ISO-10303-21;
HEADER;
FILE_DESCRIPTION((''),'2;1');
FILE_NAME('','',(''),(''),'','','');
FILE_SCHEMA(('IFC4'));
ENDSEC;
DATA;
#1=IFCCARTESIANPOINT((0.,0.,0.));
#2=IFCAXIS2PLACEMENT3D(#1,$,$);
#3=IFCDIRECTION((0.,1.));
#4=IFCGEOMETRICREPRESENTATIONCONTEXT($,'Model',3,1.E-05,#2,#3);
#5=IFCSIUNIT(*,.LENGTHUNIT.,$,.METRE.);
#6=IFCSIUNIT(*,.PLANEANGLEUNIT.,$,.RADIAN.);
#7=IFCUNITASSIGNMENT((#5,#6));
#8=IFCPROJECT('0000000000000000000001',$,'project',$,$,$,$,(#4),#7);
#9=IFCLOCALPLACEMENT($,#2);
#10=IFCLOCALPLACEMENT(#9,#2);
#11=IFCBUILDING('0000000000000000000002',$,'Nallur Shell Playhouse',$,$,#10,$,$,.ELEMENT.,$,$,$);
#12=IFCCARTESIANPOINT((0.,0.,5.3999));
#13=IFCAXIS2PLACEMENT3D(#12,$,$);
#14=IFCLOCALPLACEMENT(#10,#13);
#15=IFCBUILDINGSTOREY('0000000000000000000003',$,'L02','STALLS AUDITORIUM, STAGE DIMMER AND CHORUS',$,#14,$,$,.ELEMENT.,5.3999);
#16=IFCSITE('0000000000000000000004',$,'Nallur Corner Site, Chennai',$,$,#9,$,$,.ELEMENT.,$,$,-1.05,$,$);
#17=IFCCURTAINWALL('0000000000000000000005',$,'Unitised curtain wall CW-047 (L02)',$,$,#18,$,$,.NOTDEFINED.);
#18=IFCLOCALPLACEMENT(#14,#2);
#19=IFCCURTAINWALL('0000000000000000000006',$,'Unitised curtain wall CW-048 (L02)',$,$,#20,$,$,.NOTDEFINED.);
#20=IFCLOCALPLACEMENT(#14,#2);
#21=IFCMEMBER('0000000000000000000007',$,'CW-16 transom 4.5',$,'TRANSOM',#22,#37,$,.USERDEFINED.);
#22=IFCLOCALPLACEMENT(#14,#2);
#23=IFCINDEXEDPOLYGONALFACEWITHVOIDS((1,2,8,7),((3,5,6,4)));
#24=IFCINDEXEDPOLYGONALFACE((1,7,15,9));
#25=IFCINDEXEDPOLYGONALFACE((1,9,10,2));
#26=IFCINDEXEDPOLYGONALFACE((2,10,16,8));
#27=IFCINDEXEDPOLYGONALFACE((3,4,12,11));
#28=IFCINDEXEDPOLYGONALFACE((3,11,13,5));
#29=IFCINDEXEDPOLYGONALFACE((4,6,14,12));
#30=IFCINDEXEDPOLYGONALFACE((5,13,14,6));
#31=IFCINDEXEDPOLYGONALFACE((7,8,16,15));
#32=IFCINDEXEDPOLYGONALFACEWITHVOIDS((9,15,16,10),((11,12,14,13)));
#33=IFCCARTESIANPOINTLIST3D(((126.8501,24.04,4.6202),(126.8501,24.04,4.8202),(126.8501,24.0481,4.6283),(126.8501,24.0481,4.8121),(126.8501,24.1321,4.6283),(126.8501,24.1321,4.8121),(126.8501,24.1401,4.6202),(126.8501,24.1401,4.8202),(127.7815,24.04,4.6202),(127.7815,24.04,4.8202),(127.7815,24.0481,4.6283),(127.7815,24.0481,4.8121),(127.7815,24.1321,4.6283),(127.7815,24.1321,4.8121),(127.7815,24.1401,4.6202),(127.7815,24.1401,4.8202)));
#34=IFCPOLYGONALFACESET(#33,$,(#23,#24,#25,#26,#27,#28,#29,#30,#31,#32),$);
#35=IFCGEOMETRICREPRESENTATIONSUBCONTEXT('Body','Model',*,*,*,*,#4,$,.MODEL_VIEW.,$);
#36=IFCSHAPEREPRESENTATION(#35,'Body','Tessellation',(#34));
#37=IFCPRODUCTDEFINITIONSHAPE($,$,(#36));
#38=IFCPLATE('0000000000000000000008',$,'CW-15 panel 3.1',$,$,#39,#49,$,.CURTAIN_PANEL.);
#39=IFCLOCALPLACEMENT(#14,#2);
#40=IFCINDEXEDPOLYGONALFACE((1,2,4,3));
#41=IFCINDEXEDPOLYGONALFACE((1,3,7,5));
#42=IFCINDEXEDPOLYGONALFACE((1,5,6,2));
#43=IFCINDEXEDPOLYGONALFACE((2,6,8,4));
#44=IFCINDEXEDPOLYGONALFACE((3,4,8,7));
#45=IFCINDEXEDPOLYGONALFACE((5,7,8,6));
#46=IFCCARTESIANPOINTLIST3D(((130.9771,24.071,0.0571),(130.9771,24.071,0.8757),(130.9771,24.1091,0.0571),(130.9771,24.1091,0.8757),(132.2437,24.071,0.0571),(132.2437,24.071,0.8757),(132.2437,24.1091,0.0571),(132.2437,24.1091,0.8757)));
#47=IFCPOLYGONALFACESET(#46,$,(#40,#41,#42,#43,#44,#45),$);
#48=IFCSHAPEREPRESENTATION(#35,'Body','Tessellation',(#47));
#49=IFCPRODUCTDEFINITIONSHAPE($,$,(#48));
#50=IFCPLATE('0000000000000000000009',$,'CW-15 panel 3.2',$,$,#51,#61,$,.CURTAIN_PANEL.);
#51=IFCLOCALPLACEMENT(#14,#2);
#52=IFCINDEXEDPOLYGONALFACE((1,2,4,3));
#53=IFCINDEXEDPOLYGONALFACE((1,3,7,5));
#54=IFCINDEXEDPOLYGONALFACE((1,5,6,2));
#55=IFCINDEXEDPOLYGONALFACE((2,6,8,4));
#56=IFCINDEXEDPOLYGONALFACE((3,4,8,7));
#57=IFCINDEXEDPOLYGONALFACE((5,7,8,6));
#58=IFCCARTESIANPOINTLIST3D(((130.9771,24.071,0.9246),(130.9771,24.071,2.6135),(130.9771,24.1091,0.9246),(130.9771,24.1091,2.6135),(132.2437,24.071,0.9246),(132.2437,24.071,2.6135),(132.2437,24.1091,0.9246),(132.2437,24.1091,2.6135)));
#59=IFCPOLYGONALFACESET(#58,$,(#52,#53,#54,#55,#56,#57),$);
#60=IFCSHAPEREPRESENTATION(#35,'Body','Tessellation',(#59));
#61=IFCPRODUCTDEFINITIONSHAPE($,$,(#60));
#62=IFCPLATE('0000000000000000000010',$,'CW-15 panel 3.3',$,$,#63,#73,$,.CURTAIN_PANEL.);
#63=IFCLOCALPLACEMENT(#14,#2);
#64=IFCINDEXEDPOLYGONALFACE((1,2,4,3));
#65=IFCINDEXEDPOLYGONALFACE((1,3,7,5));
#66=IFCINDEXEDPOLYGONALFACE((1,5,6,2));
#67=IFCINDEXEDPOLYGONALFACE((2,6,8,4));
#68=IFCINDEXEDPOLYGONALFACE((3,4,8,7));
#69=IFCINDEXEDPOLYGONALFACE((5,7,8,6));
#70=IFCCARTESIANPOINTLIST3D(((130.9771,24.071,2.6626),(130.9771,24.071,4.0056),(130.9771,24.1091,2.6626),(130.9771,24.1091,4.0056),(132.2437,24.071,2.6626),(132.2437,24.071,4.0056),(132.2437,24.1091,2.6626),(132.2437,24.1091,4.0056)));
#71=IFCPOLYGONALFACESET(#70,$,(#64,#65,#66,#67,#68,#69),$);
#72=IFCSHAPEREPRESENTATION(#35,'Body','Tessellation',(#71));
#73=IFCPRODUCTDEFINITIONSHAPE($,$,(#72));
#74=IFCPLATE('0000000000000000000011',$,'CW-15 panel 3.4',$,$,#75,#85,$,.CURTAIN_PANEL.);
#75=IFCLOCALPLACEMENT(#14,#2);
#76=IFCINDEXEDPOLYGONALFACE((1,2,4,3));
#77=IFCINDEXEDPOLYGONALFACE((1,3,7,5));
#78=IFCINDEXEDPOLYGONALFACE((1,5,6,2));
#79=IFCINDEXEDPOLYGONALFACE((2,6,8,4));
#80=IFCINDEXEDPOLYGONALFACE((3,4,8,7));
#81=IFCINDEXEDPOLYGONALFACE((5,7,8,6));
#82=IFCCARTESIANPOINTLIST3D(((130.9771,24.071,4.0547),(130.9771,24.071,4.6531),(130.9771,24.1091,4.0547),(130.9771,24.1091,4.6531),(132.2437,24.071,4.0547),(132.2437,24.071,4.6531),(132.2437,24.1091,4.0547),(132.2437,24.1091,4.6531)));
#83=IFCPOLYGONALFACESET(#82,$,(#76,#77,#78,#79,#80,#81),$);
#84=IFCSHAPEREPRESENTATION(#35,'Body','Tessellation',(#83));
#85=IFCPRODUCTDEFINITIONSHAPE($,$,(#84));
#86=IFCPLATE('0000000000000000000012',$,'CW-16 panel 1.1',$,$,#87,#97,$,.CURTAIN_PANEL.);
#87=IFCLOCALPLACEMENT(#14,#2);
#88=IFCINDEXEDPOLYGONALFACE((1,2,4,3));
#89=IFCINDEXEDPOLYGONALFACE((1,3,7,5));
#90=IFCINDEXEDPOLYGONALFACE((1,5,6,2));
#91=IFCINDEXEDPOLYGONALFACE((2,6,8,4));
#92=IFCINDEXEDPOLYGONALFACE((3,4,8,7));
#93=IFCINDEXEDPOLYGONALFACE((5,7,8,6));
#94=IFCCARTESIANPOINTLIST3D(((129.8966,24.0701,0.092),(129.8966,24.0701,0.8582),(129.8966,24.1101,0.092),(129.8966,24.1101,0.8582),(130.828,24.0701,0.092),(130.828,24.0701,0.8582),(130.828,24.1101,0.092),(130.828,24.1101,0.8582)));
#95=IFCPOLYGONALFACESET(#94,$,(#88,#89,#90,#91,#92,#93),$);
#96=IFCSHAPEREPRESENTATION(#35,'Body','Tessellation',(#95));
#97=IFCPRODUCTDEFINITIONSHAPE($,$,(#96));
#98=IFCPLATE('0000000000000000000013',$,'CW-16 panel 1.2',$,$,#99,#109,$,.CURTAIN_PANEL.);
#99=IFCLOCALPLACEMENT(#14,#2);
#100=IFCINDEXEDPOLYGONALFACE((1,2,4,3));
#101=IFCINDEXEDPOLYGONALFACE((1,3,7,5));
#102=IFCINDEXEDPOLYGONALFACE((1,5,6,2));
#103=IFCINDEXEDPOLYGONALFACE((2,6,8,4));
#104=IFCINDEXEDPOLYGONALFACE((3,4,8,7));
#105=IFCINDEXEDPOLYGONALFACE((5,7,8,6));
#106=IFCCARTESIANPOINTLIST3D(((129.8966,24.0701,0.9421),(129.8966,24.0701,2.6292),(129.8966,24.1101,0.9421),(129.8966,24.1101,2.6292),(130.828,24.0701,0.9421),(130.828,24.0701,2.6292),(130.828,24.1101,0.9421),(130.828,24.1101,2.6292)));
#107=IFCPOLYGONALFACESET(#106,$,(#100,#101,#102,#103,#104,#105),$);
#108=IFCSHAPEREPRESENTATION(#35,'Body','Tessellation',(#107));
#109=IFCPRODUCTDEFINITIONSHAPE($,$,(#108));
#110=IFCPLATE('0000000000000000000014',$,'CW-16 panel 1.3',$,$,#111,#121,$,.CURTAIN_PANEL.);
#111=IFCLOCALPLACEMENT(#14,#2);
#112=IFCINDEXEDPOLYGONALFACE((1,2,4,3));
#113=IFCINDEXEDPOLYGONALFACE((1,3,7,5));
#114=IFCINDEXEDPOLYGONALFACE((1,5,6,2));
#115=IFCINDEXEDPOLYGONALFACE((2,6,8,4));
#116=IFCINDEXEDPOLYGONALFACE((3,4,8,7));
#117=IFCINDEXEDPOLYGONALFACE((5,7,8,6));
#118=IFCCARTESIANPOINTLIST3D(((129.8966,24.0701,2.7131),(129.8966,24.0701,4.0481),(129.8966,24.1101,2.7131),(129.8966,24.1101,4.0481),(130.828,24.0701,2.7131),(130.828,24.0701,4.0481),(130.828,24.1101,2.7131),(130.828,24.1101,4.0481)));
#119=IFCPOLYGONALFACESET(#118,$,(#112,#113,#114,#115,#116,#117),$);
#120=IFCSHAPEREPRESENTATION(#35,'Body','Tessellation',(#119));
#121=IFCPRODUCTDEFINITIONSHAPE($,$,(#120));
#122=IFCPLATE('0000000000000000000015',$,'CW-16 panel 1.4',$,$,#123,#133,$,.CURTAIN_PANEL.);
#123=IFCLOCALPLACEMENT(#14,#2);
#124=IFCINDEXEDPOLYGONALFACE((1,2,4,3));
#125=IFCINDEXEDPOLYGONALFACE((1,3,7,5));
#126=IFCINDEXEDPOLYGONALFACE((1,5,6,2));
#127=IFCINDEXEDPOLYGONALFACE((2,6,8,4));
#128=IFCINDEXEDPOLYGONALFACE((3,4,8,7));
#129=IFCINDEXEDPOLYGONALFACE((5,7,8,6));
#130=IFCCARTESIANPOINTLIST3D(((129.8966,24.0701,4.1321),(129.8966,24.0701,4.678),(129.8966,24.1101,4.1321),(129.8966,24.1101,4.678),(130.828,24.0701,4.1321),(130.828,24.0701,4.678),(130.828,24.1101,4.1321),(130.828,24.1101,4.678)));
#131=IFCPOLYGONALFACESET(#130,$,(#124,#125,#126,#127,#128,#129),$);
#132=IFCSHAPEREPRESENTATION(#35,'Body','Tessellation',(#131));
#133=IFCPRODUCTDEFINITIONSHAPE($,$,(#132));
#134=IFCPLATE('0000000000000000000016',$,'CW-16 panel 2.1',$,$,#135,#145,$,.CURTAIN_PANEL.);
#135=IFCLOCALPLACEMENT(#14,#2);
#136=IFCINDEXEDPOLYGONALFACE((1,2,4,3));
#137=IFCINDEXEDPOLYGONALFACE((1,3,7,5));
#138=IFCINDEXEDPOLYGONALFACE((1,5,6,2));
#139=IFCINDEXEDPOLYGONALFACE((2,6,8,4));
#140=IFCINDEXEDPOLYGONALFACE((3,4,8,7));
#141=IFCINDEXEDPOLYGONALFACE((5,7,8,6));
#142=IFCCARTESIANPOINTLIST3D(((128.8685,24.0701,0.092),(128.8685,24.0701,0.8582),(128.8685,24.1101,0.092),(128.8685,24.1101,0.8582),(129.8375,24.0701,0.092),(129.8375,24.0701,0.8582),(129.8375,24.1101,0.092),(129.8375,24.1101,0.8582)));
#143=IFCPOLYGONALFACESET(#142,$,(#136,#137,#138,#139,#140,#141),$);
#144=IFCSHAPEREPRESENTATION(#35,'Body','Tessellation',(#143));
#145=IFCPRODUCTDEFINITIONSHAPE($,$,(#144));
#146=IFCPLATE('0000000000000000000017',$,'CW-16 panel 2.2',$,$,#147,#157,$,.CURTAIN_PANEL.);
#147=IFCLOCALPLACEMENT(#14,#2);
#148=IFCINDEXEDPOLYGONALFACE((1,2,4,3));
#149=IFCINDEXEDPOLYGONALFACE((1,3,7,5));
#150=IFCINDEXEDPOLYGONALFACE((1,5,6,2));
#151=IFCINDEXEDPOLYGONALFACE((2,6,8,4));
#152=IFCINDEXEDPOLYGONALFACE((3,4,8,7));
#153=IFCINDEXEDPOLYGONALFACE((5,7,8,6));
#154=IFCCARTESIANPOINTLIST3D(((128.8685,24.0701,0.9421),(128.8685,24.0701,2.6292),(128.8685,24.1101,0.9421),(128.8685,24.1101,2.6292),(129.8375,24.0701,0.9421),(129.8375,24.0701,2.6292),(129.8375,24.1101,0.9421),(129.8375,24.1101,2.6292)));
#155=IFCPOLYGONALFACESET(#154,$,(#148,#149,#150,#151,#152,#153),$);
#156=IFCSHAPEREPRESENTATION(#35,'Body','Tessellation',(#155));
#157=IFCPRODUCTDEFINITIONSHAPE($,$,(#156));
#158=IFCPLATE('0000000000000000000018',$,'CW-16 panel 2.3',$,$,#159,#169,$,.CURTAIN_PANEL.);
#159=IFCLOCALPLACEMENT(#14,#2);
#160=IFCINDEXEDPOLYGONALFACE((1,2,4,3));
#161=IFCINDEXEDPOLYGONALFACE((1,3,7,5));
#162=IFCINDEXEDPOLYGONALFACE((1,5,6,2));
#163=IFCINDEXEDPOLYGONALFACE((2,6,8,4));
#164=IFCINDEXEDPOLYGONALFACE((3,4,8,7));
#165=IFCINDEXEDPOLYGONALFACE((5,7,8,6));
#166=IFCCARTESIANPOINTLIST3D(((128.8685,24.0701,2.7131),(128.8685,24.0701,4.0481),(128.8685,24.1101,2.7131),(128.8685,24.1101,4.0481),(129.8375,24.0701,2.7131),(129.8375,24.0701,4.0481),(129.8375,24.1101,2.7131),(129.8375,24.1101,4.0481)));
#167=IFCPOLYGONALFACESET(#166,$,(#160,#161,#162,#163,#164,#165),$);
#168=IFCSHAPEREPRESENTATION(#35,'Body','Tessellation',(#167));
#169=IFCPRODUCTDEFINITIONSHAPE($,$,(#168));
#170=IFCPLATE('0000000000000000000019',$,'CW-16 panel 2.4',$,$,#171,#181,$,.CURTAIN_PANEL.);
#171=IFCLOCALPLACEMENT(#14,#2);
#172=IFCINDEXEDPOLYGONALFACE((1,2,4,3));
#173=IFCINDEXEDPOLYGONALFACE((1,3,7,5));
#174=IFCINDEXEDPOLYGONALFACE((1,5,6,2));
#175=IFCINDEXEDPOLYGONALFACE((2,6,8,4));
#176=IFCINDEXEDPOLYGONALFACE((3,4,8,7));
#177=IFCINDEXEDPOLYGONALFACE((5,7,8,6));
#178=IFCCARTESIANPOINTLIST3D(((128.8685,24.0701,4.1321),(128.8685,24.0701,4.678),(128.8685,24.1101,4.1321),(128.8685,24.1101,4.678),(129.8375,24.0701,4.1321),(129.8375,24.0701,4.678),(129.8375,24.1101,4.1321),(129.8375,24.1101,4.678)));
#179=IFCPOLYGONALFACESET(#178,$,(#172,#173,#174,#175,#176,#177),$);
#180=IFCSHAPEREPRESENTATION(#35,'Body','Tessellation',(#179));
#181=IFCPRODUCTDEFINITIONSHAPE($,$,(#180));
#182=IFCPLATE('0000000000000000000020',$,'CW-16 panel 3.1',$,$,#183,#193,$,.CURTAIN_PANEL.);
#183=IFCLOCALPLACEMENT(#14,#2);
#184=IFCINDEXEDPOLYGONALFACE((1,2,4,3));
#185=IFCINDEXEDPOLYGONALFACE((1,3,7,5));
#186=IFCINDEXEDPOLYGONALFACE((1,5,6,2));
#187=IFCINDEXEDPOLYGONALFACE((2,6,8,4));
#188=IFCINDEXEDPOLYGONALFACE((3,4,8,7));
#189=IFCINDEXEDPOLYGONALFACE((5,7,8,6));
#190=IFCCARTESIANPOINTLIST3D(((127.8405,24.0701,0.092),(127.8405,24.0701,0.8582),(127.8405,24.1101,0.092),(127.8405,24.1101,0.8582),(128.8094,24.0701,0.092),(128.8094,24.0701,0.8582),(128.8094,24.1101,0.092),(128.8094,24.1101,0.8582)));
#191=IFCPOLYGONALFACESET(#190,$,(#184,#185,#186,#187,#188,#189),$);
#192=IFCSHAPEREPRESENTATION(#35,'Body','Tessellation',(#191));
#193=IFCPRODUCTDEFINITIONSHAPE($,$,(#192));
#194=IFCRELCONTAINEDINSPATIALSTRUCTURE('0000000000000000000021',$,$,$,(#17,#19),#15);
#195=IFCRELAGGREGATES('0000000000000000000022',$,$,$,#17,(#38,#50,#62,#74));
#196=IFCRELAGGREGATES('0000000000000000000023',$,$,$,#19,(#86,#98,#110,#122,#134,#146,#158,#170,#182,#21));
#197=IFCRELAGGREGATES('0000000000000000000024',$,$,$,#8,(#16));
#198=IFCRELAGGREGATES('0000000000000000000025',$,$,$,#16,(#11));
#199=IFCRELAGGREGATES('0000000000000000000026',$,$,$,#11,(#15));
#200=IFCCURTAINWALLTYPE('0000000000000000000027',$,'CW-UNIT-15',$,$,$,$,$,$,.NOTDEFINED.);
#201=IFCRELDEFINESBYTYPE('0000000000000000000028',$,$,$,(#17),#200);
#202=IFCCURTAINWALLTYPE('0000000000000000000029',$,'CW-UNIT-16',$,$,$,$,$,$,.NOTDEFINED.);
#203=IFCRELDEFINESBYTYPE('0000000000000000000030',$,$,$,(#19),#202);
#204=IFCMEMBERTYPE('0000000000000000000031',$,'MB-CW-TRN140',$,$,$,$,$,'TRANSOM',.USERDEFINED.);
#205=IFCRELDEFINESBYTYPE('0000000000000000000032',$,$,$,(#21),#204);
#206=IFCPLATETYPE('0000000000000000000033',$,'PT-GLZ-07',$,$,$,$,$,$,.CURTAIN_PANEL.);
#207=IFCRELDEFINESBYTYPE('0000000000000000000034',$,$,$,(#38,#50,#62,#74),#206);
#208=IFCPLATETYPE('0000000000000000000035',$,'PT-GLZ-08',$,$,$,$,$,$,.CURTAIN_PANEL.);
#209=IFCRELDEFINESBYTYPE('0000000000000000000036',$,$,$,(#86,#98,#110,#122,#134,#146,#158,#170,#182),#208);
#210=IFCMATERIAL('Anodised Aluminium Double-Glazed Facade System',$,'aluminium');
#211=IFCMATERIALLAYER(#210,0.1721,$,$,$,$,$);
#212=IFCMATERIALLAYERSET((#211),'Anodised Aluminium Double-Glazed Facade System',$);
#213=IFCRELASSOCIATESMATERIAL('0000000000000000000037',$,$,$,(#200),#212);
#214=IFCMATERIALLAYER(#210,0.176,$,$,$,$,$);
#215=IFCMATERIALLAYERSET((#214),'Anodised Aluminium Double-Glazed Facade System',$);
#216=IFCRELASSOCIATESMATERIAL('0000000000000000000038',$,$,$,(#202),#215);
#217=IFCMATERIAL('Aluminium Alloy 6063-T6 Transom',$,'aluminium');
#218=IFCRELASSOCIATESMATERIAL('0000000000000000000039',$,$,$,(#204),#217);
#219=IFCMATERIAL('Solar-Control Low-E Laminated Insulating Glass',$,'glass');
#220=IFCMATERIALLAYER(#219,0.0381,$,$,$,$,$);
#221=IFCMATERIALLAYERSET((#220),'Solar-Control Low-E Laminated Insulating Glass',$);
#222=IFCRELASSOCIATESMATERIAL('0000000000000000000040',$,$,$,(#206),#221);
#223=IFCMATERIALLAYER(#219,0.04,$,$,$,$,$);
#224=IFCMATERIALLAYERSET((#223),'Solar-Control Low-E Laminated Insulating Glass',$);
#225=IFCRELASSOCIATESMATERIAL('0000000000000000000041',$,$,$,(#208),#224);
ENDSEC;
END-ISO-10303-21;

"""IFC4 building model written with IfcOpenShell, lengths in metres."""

from ifc_helpers import new_model, si_unit, direction, frame, origin, origin_2d, place, context, subcontext, project, spatial, rectangle, hollow_rectangle, extrude, material, layer, layer_set, material_profile, profile_set, type_object, element, aggregate, save


model = new_model("IFC4")

# Units and contexts
model_context = context("Model", 3, precision=1e-05, world=origin(), true_north=direction((0.0, 1.0)))
body_context = subcontext(model_context, "Body", "Model", "MODEL_VIEW")
ifc_project = project(units=[si_unit("LENGTHUNIT", "METRE"), si_unit("PLANEANGLEUNIT", "RADIAN")], contexts=[model_context])

# Site, building, storey
site_placement = place(None, origin())
site = spatial("IfcSite", under=ifc_project, at=site_placement, Name="Nallur Corner Site, Chennai", CompositionType="ELEMENT", RefElevation=-1.05)
building_placement = place(site_placement, origin())
building = spatial("IfcBuilding", under=site, at=building_placement, Name="Nallur Shell Playhouse", CompositionType="ELEMENT")
storey_placement = place(building_placement, frame((0.0, 0.0, 5.3999)))
storey = spatial("IfcBuildingStorey", under=building, at=storey_placement, Name="L02", Description="STALLS AUDITORIUM, STAGE DIMMER AND CHORUS", CompositionType="ELEMENT", Elevation=5.3999)

# Curtain wall
ifc_material_1 = material(Name="Anodised Aluminium Double-Glazed Facade System", Category="aluminium")
ifc_layer_1 = layer(ifc_material_1, 0.1721)
ifc_layer_set_1 = layer_set([ifc_layer_1], Name="Anodised Aluminium Double-Glazed Facade System")
curtain_wall_type_1 = type_object("IfcCurtainWallType", Name="CW-UNIT-15", PredefinedType="NOTDEFINED", material=ifc_layer_set_1)
curtain_wall_1_placement = place(storey_placement, origin())
curtain_wall_1 = element("IfcCurtainWall", 1, at=curtain_wall_1_placement, inside=storey, type_object=curtain_wall_type_1, Name="Unitised curtain wall CW-047 (L02)", PredefinedType="NOTDEFINED")

# Curtain wall, member
ifc_layer_2 = layer(ifc_material_1, 0.176)
ifc_layer_set_2 = layer_set([ifc_layer_2], Name="Anodised Aluminium Double-Glazed Facade System")
curtain_wall_type_2 = type_object("IfcCurtainWallType", Name="CW-UNIT-16", PredefinedType="NOTDEFINED", material=ifc_layer_set_2)
curtain_wall_2_placement = place(storey_placement, origin())
curtain_wall_2 = element("IfcCurtainWall", 2, at=curtain_wall_2_placement, inside=storey, type_object=curtain_wall_type_2, Name="Unitised curtain wall CW-048 (L02)", PredefinedType="NOTDEFINED")
ifc_material_2 = material(Name="Aluminium Alloy 6063-T6 Transom", Category="aluminium")
ifc_material_profile_1 = material_profile(ifc_material_2, hollow_rectangle(XDim=0.1001, YDim=0.2, WallThickness=0.0081, at=origin_2d()), Name="RHS 200x100x8")
ifc_profile_set_1 = profile_set([ifc_material_profile_1], Name="Aluminium Alloy 6063-T6 Transom")
member_type_1 = type_object("IfcMemberType", Name="MB-CW-TRN140", ElementType="TRANSOM", PredefinedType="USERDEFINED", material=ifc_profile_set_1)
member_1_placement = place(storey_placement, frame((127.7815, 24.0901, 4.7202), z_axis=(-1.0, 0.0, 0.0), x_axis=(0.0, -1.0, 0.0)))
member_1 = element("IfcMember", 3, at=member_1_placement, type_object=member_type_1, Name="CW-16 transom 4.5", ObjectType="TRANSOM", PredefinedType="USERDEFINED", context=body_context, shape_type="SweptSolid", body=[
    extrude(hollow_rectangle(XDim=0.1001, YDim=0.2, WallThickness=0.0081, at=origin_2d()), origin(), (0.0, 0.0, 1.0), 0.9314),
])

# Plates
ifc_material_3 = material(Name="Solar-Control Low-E Laminated Insulating Glass", Category="glass")
ifc_layer_3 = layer(ifc_material_3, 0.0381)
ifc_layer_set_3 = layer_set([ifc_layer_3], Name="Solar-Control Low-E Laminated Insulating Glass")
plate_type_1 = type_object("IfcPlateType", Name="PT-GLZ-07", PredefinedType="CURTAIN_PANEL", material=ifc_layer_set_3)
plate_1_placement = place(storey_placement, frame((131.6104, 24.0901, 0.0571), z_axis=(0.0, 0.0, 1.0), x_axis=(-1.0, 0.0, 0.0)))
plate_1 = element("IfcPlate", 4, at=plate_1_placement, type_object=plate_type_1, Name="CW-15 panel 3.1", PredefinedType="CURTAIN_PANEL", context=body_context, shape_type="SweptSolid", body=[
    extrude(rectangle(XDim=1.2666, YDim=0.0381, at=origin_2d()), origin(), (0.0, 0.0, 1.0), 0.8186),
])
plate_2_placement = place(storey_placement, frame((131.6104, 24.0901, 0.9246), z_axis=(0.0, 0.0, 1.0), x_axis=(-1.0, 0.0, 0.0)))
plate_2 = element("IfcPlate", 5, at=plate_2_placement, type_object=plate_type_1, Name="CW-15 panel 3.2", PredefinedType="CURTAIN_PANEL", context=body_context, shape_type="SweptSolid", body=[
    extrude(rectangle(XDim=1.2666, YDim=0.0381, at=origin_2d()), origin(), (0.0, 0.0, 1.0), 1.689),
])
plate_3_placement = place(storey_placement, frame((131.6104, 24.0901, 2.6626), z_axis=(0.0, 0.0, 1.0), x_axis=(-1.0, 0.0, 0.0)))
plate_3 = element("IfcPlate", 6, at=plate_3_placement, type_object=plate_type_1, Name="CW-15 panel 3.3", PredefinedType="CURTAIN_PANEL", context=body_context, shape_type="SweptSolid", body=[
    extrude(rectangle(XDim=1.2666, YDim=0.0381, at=origin_2d()), origin(), (0.0, 0.0, 1.0), 1.343),
])
plate_4_placement = place(storey_placement, frame((131.6104, 24.0901, 4.0547), z_axis=(0.0, 0.0, 1.0), x_axis=(-1.0, 0.0, 0.0)))
plate_4 = element("IfcPlate", 7, at=plate_4_placement, type_object=plate_type_1, Name="CW-15 panel 3.4", PredefinedType="CURTAIN_PANEL", context=body_context, shape_type="SweptSolid", body=[
    extrude(rectangle(XDim=1.2666, YDim=0.0381, at=origin_2d()), origin(), (0.0, 0.0, 1.0), 0.5984),
])
aggregate(curtain_wall_1, [plate_1, plate_2, plate_3, plate_4])
ifc_layer_4 = layer(ifc_material_3, 0.04)
ifc_layer_set_4 = layer_set([ifc_layer_4], Name="Solar-Control Low-E Laminated Insulating Glass")
plate_type_2 = type_object("IfcPlateType", Name="PT-GLZ-08", PredefinedType="CURTAIN_PANEL", material=ifc_layer_set_4)
plate_5_placement = place(storey_placement, frame((130.3623, 24.0901, 0.092), z_axis=(0.0, 0.0, 1.0), x_axis=(-1.0, 0.0, 0.0)))
plate_5 = element("IfcPlate", 8, at=plate_5_placement, type_object=plate_type_2, Name="CW-16 panel 1.1", PredefinedType="CURTAIN_PANEL", context=body_context, shape_type="SweptSolid", body=[
    extrude(rectangle(XDim=0.9314, YDim=0.04, at=origin_2d()), origin(), (0.0, 0.0, 1.0), 0.7661),
])
plate_6_placement = place(storey_placement, frame((130.3623, 24.0901, 0.9421), z_axis=(0.0, 0.0, 1.0), x_axis=(-1.0, 0.0, 0.0)))
plate_6 = element("IfcPlate", 9, at=plate_6_placement, type_object=plate_type_2, Name="CW-16 panel 1.2", PredefinedType="CURTAIN_PANEL", context=body_context, shape_type="SweptSolid", body=[
    extrude(rectangle(XDim=0.9314, YDim=0.04, at=origin_2d()), origin(), (0.0, 0.0, 1.0), 1.687),
])
plate_7_placement = place(storey_placement, frame((130.3623, 24.0901, 2.7131), z_axis=(0.0, 0.0, 1.0), x_axis=(-1.0, 0.0, 0.0)))
plate_7 = element("IfcPlate", 10, at=plate_7_placement, type_object=plate_type_2, Name="CW-16 panel 1.3", PredefinedType="CURTAIN_PANEL", context=body_context, shape_type="SweptSolid", body=[
    extrude(rectangle(XDim=0.9314, YDim=0.04, at=origin_2d()), origin(), (0.0, 0.0, 1.0), 1.335),
])
plate_8_placement = place(storey_placement, frame((130.3623, 24.0901, 4.1321), z_axis=(0.0, 0.0, 1.0), x_axis=(-1.0, 0.0, 0.0)))
plate_8 = element("IfcPlate", 11, at=plate_8_placement, type_object=plate_type_2, Name="CW-16 panel 1.4", PredefinedType="CURTAIN_PANEL", context=body_context, shape_type="SweptSolid", body=[
    extrude(rectangle(XDim=0.9314, YDim=0.04, at=origin_2d()), origin(), (0.0, 0.0, 1.0), 0.5459),
])
plate_9_placement = place(storey_placement, frame((129.353, 24.0901, 0.092), z_axis=(0.0, 0.0, 1.0), x_axis=(-1.0, 0.0, 0.0)))
plate_9 = element("IfcPlate", 12, at=plate_9_placement, type_object=plate_type_2, Name="CW-16 panel 2.1", PredefinedType="CURTAIN_PANEL", context=body_context, shape_type="SweptSolid", body=[
    extrude(rectangle(XDim=0.969, YDim=0.04, at=origin_2d()), origin(), (0.0, 0.0, 1.0), 0.7661),
])
plate_10_placement = place(storey_placement, frame((129.353, 24.0901, 0.9421), z_axis=(0.0, 0.0, 1.0), x_axis=(-1.0, 0.0, 0.0)))
plate_10 = element("IfcPlate", 13, at=plate_10_placement, type_object=plate_type_2, Name="CW-16 panel 2.2", PredefinedType="CURTAIN_PANEL", context=body_context, shape_type="SweptSolid", body=[
    extrude(rectangle(XDim=0.969, YDim=0.04, at=origin_2d()), origin(), (0.0, 0.0, 1.0), 1.687),
])
plate_11_placement = place(storey_placement, frame((129.353, 24.0901, 2.7131), z_axis=(0.0, 0.0, 1.0), x_axis=(-1.0, 0.0, 0.0)))
plate_11 = element("IfcPlate", 14, at=plate_11_placement, type_object=plate_type_2, Name="CW-16 panel 2.3", PredefinedType="CURTAIN_PANEL", context=body_context, shape_type="SweptSolid", body=[
    extrude(rectangle(XDim=0.969, YDim=0.04, at=origin_2d()), origin(), (0.0, 0.0, 1.0), 1.335),
])
plate_12_placement = place(storey_placement, frame((129.353, 24.0901, 4.1321), z_axis=(0.0, 0.0, 1.0), x_axis=(-1.0, 0.0, 0.0)))
plate_12 = element("IfcPlate", 15, at=plate_12_placement, type_object=plate_type_2, Name="CW-16 panel 2.4", PredefinedType="CURTAIN_PANEL", context=body_context, shape_type="SweptSolid", body=[
    extrude(rectangle(XDim=0.969, YDim=0.04, at=origin_2d()), origin(), (0.0, 0.0, 1.0), 0.5459),
])
plate_13_placement = place(storey_placement, frame((128.325, 24.0901, 0.092), z_axis=(0.0, 0.0, 1.0), x_axis=(-1.0, 0.0, 0.0)))
plate_13 = element("IfcPlate", 16, at=plate_13_placement, type_object=plate_type_2, Name="CW-16 panel 3.1", PredefinedType="CURTAIN_PANEL", context=body_context, shape_type="SweptSolid", body=[
    extrude(rectangle(XDim=0.969, YDim=0.04, at=origin_2d()), origin(), (0.0, 0.0, 1.0), 0.7661),
])
aggregate(curtain_wall_2, [plate_5, plate_6, plate_7, plate_8, plate_9, plate_10, plate_11, plate_12, plate_13, member_1])

save(model, "model.ifc")
